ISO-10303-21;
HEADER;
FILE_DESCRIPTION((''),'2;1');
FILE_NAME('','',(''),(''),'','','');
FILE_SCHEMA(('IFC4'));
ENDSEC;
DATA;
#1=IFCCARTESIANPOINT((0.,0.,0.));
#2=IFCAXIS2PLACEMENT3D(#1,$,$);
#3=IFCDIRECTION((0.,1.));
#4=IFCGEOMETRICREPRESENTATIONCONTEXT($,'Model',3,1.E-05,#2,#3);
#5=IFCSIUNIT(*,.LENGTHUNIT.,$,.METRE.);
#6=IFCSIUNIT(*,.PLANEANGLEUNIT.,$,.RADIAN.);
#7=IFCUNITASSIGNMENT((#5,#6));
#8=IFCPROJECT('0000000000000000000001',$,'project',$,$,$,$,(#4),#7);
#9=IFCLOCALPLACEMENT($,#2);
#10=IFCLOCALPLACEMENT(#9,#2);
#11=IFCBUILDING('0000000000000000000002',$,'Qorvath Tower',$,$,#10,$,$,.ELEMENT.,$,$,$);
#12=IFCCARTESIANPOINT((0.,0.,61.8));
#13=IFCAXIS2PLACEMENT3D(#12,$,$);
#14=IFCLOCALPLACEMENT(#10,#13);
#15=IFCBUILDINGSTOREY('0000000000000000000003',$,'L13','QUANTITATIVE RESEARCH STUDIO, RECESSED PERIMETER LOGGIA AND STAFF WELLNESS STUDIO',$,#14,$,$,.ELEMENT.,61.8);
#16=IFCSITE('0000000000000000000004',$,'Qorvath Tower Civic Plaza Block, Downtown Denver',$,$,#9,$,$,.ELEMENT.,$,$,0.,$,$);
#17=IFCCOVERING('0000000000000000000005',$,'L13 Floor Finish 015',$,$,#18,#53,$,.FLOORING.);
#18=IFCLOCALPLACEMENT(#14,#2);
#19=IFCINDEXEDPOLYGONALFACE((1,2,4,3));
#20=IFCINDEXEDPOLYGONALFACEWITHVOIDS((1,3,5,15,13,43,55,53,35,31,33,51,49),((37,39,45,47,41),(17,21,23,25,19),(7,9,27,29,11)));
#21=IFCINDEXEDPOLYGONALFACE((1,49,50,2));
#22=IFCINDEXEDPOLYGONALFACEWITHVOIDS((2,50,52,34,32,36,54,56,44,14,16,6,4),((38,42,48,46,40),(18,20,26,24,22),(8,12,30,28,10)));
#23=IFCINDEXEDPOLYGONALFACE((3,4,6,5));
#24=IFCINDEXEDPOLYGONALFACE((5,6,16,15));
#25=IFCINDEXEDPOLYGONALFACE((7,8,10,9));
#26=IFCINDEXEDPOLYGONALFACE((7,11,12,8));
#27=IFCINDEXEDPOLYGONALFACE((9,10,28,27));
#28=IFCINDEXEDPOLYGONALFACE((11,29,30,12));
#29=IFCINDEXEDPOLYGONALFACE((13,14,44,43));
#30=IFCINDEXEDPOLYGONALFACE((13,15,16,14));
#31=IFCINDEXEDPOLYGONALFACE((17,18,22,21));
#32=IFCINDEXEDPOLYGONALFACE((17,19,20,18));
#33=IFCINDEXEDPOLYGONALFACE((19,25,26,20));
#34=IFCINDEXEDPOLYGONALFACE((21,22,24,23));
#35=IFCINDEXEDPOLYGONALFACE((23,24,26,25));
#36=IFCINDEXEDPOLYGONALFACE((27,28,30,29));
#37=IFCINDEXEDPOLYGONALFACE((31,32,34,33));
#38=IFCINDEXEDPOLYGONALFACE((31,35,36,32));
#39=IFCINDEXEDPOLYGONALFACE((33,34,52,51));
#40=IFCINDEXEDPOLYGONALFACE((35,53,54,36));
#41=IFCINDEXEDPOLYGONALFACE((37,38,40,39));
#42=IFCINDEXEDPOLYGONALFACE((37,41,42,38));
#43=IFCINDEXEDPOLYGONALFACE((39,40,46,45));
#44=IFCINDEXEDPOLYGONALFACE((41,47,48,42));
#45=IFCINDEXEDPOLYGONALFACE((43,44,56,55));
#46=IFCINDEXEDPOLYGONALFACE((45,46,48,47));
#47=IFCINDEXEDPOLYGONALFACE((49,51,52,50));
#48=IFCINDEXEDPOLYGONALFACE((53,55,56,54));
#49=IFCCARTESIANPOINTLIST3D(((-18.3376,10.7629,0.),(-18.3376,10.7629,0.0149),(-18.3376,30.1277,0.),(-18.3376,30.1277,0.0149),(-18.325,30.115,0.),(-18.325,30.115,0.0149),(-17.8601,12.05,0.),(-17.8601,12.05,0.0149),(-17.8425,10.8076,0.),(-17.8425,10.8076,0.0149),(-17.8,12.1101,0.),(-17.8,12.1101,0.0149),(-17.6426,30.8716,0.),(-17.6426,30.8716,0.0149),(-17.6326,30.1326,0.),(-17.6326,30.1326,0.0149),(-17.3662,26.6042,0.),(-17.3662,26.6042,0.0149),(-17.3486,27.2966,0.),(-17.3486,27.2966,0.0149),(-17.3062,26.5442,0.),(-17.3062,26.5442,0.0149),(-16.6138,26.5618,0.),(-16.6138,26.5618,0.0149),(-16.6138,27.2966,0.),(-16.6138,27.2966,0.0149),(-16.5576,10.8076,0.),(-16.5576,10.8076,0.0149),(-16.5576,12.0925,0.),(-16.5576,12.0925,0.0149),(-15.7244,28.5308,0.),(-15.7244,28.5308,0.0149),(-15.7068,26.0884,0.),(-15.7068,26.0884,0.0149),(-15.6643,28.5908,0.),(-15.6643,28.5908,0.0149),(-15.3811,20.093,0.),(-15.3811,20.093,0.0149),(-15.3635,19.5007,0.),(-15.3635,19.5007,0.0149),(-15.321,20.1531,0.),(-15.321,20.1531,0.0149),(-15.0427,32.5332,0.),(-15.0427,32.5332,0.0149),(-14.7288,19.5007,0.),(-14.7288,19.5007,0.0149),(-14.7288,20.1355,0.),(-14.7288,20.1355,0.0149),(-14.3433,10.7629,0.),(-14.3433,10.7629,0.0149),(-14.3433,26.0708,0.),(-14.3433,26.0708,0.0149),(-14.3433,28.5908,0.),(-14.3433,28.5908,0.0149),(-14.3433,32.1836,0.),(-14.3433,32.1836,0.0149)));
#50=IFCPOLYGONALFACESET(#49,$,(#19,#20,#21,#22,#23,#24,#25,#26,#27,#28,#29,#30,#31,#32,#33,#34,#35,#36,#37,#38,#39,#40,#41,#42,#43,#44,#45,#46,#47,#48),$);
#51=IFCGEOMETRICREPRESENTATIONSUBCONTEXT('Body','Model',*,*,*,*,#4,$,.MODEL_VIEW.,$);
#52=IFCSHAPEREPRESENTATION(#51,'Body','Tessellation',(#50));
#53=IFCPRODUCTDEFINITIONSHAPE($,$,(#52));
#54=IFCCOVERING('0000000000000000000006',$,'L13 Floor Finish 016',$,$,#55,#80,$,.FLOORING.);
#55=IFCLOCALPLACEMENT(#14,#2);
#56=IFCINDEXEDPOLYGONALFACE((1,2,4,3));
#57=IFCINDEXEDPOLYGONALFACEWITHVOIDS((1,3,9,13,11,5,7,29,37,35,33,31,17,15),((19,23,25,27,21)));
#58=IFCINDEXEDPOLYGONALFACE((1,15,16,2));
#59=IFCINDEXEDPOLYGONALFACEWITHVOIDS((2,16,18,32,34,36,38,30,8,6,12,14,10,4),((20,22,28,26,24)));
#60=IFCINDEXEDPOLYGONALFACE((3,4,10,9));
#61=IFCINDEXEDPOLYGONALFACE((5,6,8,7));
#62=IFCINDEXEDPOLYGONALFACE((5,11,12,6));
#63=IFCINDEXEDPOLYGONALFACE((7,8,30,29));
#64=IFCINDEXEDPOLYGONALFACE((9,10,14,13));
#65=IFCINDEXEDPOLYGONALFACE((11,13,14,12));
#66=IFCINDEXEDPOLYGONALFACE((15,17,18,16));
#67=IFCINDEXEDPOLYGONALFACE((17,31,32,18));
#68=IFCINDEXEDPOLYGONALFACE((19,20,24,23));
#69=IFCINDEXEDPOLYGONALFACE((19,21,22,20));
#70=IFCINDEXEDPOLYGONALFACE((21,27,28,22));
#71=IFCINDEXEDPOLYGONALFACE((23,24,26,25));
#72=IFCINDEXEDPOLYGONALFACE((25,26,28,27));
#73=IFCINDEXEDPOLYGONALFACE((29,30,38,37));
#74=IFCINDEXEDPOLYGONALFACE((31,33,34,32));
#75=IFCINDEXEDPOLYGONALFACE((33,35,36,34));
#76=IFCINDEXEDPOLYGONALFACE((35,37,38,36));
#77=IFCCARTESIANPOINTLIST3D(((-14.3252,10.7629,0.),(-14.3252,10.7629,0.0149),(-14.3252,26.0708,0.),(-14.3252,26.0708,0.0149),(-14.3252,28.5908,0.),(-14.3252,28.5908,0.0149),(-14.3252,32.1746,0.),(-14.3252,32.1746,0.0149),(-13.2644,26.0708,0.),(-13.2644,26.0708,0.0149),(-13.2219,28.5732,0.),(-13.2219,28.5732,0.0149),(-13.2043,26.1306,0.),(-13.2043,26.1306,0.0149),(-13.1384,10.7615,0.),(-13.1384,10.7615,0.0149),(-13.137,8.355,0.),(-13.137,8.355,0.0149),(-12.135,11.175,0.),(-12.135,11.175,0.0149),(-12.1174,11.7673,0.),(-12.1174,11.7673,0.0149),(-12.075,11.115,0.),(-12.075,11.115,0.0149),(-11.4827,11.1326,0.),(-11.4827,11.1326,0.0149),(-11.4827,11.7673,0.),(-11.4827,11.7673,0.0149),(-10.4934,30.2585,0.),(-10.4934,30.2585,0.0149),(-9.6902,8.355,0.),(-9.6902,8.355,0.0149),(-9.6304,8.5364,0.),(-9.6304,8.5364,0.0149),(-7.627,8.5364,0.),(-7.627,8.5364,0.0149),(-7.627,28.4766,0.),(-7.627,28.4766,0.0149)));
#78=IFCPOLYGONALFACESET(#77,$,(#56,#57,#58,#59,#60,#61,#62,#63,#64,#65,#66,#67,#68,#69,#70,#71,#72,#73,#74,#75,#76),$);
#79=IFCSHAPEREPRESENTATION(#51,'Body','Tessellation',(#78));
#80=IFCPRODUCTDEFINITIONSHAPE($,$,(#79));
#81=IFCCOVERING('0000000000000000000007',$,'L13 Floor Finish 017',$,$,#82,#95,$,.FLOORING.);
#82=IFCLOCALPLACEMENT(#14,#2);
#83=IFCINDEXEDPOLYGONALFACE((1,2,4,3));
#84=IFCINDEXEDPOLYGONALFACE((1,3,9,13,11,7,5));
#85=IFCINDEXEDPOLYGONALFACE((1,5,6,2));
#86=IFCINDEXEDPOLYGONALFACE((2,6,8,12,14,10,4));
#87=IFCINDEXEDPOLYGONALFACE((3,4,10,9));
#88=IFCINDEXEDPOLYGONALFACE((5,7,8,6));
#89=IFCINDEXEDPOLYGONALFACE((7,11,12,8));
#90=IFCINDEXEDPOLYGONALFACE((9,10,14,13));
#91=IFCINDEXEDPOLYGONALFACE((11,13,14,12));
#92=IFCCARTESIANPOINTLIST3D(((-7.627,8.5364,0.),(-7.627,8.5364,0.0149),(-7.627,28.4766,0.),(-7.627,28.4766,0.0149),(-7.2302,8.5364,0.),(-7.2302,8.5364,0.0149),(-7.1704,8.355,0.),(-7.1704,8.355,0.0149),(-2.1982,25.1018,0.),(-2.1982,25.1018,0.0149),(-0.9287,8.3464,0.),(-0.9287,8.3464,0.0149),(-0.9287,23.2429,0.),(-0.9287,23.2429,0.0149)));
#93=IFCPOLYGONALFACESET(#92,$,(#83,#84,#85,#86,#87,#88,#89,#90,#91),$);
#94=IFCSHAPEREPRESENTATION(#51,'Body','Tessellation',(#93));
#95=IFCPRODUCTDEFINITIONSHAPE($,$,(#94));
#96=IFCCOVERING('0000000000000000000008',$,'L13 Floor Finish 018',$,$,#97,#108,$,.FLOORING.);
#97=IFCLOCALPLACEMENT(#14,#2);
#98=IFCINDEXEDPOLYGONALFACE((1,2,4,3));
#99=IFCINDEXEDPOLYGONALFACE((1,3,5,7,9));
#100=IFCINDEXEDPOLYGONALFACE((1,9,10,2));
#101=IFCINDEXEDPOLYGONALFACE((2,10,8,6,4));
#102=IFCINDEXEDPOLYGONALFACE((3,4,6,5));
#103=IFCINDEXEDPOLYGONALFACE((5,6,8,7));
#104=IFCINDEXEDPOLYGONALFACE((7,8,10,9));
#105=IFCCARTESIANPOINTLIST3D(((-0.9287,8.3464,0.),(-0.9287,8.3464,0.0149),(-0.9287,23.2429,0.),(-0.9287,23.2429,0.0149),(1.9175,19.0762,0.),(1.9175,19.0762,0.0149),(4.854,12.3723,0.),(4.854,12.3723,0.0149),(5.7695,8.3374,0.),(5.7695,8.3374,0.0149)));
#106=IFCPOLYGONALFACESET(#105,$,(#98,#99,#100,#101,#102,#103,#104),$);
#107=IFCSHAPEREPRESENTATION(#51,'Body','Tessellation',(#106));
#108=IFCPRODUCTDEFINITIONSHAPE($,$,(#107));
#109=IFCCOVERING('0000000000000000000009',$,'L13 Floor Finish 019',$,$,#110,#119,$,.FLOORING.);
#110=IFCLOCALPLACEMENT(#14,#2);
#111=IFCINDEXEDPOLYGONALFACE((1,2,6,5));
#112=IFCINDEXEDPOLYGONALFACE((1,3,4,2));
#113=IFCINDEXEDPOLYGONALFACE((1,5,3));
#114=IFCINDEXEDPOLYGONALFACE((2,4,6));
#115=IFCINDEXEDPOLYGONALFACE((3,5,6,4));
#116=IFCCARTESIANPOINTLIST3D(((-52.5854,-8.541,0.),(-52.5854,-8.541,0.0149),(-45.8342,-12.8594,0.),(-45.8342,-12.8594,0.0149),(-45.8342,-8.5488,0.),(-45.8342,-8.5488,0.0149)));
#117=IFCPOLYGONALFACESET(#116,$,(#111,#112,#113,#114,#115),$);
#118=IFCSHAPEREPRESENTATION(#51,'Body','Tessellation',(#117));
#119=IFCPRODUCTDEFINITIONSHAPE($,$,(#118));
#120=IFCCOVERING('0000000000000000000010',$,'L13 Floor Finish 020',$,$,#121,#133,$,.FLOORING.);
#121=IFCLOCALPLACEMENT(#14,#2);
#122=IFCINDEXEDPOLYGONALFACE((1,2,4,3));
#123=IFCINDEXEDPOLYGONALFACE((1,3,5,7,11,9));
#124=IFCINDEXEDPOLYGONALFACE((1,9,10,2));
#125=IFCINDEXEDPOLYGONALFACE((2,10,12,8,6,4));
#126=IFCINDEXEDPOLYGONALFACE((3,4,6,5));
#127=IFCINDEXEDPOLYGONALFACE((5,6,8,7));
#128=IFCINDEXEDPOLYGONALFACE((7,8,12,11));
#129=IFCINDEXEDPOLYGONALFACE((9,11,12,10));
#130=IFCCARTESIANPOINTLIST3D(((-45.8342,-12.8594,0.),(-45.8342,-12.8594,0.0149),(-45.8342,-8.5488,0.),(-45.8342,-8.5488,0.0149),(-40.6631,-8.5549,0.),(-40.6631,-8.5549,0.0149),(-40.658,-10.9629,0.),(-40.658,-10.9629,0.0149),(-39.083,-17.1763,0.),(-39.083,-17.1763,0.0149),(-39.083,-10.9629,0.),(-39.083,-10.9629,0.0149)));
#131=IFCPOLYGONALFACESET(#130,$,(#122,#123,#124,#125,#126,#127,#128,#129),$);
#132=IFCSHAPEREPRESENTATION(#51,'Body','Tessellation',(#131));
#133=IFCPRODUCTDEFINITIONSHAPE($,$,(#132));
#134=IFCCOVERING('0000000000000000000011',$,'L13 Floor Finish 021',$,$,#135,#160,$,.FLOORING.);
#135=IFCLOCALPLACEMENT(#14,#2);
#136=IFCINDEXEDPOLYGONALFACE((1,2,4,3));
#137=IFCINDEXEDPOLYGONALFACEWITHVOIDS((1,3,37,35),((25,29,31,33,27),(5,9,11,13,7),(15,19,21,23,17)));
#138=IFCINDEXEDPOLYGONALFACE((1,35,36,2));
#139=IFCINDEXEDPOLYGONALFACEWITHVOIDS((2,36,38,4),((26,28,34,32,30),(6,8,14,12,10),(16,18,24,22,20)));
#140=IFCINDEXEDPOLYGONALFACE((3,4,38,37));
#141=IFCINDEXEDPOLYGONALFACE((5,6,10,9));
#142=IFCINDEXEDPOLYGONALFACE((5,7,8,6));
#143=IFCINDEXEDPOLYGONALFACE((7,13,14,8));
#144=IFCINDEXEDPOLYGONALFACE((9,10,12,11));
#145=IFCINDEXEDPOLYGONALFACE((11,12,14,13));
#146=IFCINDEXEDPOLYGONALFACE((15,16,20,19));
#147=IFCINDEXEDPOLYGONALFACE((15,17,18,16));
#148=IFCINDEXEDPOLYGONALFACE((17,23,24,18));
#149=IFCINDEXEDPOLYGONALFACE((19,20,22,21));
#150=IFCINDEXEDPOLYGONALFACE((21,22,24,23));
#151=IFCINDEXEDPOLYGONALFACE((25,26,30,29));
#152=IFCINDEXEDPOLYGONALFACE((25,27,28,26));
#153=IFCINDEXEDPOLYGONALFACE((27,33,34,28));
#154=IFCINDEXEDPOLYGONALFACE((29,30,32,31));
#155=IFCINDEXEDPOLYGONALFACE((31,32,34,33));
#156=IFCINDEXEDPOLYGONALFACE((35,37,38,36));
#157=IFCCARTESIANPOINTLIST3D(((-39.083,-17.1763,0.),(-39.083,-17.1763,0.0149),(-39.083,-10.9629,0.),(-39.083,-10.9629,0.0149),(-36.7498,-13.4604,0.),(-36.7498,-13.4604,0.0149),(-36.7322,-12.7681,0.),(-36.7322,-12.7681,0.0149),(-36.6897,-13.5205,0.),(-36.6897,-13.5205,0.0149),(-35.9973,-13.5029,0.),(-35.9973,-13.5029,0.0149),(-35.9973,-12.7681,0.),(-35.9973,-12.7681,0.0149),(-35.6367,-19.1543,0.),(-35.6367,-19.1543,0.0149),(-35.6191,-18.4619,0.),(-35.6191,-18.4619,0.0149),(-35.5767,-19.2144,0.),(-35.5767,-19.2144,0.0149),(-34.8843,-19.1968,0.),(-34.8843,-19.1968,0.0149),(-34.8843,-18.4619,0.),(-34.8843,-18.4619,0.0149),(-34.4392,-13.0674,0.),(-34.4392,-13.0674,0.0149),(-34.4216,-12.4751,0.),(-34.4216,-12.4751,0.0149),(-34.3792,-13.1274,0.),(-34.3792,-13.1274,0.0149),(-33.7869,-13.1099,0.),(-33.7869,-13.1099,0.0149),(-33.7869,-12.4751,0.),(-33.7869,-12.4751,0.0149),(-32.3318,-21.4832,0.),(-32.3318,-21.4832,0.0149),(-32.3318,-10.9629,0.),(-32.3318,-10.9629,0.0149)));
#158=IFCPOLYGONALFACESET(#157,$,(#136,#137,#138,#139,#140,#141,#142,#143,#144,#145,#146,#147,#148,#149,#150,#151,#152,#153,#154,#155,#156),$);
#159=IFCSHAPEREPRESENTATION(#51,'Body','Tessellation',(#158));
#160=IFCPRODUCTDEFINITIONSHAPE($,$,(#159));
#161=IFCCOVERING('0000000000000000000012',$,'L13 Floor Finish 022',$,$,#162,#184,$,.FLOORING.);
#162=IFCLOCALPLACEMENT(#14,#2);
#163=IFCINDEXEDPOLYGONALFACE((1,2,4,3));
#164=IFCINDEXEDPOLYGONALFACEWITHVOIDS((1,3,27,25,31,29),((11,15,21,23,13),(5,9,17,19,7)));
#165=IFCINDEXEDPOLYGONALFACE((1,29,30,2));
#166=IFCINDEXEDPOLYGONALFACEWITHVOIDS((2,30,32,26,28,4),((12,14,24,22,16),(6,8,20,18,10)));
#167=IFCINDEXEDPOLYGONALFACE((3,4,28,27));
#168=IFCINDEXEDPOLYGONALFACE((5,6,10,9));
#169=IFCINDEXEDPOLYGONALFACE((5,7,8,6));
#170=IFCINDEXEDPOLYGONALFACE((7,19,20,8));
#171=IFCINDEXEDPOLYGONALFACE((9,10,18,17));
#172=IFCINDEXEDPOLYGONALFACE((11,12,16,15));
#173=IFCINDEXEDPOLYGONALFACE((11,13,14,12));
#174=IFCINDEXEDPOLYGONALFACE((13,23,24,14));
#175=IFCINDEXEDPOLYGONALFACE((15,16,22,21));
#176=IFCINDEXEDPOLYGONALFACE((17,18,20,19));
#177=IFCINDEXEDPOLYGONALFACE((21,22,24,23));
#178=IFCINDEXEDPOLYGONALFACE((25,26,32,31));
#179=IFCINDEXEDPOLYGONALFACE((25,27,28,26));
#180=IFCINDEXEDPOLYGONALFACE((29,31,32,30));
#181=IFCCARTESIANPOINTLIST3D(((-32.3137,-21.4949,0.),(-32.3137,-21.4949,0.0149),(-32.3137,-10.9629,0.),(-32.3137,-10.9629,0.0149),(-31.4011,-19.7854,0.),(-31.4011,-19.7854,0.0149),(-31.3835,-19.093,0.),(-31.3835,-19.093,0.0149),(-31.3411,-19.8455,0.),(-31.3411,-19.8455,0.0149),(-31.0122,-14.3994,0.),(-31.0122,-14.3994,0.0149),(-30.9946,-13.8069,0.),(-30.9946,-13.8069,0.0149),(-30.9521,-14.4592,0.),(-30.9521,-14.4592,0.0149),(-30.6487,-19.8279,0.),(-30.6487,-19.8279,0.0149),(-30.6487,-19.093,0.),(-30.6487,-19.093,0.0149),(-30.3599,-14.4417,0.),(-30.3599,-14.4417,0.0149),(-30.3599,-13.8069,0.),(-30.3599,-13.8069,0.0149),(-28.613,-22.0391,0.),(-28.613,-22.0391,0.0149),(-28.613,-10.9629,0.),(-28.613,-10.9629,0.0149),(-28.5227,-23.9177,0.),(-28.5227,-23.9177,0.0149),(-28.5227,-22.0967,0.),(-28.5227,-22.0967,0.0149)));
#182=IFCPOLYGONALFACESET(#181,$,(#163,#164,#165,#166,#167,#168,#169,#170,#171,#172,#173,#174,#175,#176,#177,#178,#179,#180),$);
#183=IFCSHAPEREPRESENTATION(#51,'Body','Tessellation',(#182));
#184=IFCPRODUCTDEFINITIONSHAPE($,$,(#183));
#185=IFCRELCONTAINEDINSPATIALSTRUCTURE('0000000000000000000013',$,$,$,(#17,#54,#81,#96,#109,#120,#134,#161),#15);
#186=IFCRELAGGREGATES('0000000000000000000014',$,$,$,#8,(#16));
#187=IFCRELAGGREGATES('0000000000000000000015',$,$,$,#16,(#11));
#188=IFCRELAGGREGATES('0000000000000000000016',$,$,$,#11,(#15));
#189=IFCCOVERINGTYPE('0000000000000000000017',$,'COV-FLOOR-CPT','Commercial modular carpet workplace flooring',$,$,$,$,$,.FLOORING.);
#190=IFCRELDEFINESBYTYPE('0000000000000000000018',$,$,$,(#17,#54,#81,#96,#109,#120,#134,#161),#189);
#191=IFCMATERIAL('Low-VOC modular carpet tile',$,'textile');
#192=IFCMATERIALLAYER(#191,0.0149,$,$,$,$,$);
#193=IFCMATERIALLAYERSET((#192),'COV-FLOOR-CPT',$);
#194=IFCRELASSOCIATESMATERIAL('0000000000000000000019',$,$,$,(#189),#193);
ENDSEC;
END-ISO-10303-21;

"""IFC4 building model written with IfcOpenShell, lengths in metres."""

from ifc_helpers import new_model, si_unit, direction, frame, origin, place, context, subcontext, project, spatial, polyline, outline, extrude, material, layer, layer_set, type_object, element, save


model = new_model("IFC4")

# Units and contexts
model_context = context("Model", 3, precision=1e-05, world=origin(), true_north=direction((0.0, 1.0)))
body_context = subcontext(model_context, "Body", "Model", "MODEL_VIEW")
ifc_project = project(units=[si_unit("LENGTHUNIT", "METRE"), si_unit("PLANEANGLEUNIT", "RADIAN")], contexts=[model_context])

# Site, building, storey
site_placement = place(None, origin())
site = spatial("IfcSite", under=ifc_project, at=site_placement, Name="Qorvath Tower Civic Plaza Block, Downtown Denver", CompositionType="ELEMENT", RefElevation=0.0)
building_placement = place(site_placement, origin())
building = spatial("IfcBuilding", under=site, at=building_placement, Name="Qorvath Tower", CompositionType="ELEMENT")
storey_placement = place(building_placement, frame((0.0, 0.0, 61.8)))
storey = spatial("IfcBuildingStorey", under=building, at=storey_placement, Name="L13", Description="QUANTITATIVE RESEARCH STUDIO, RECESSED PERIMETER LOGGIA AND STAFF WELLNESS STUDIO", CompositionType="ELEMENT", Elevation=61.8)

# Coverings
ifc_material_1 = material(Name="Low-VOC modular carpet tile", Category="textile")
ifc_layer_1 = layer(ifc_material_1, 0.0149)
ifc_layer_set_1 = layer_set([ifc_layer_1], Name="COV-FLOOR-CPT")
covering_type_1 = type_object("IfcCoveringType", Name="COV-FLOOR-CPT", Description="Commercial modular carpet workplace flooring", PredefinedType="FLOORING", material=ifc_layer_set_1)
covering_1_placement = place(storey_placement, origin())
element("IfcCovering", 1, at=covering_1_placement, inside=storey, type_object=covering_type_1, Name="L13 Floor Finish 015", PredefinedType="FLOORING", context=body_context, shape_type="SweptSolid", body=[
    extrude(outline(polyline([(-14.3433, 32.1836), (-15.0427, 32.5332), (-17.6426, 30.8716), (-17.6326, 30.1326), (-18.325, 30.115), (-18.3376, 30.1277), (-18.3376, 10.7629), (-14.3433, 10.7629), (-14.3433, 26.0708), (-15.7068, 26.0884), (-15.7244, 28.5308), (-15.6643, 28.5908), (-14.3433, 28.5908), (-14.3433, 32.1836)]), holes=[polyline([(-15.3811, 20.093), (-15.321, 20.1531), (-14.7288, 20.1355), (-14.7288, 19.5007), (-15.3635, 19.5007), (-15.3811, 20.093)]), polyline([(-17.8601, 12.05), (-17.8, 12.1101), (-16.5576, 12.0925), (-16.5576, 10.8076), (-17.8425, 10.8076), (-17.8601, 12.05)]), polyline([(-17.3662, 26.6042), (-17.3486, 27.2966), (-16.6138, 27.2966), (-16.6138, 26.5618), (-17.3062, 26.5442), (-17.3662, 26.6042)])]), origin(), (0.0, 0.0, 1.0), 0.0149),
])
covering_2_placement = place(storey_placement, origin())
element("IfcCovering", 2, at=covering_2_placement, inside=storey, type_object=covering_type_1, Name="L13 Floor Finish 016", PredefinedType="FLOORING", context=body_context, shape_type="SweptSolid", body=[
    extrude(outline(polyline([(-7.627, 8.5364), (-7.627, 28.4766), (-10.4934, 30.2585), (-14.3252, 32.1746), (-14.3252, 28.5908), (-13.2219, 28.5732), (-13.2043, 26.1306), (-13.2644, 26.0708), (-14.3252, 26.0708), (-14.3252, 10.7629), (-13.1384, 10.7615), (-13.137, 8.355), (-9.6902, 8.355), (-9.6304, 8.5364), (-7.627, 8.5364)]), holes=[polyline([(-12.135, 11.175), (-12.1174, 11.7673), (-11.4827, 11.7673), (-11.4827, 11.1326), (-12.075, 11.115), (-12.135, 11.175)])]), origin(), (0.0, 0.0, 1.0), 0.0149),
])
covering_3_placement = place(storey_placement, origin())
element("IfcCovering", 3, at=covering_3_placement, inside=storey, type_object=covering_type_1, Name="L13 Floor Finish 017", PredefinedType="FLOORING", context=body_context, shape_type="SweptSolid", body=[
    extrude(outline(polyline([(-0.9287, 8.3464), (-0.9287, 23.2429), (-2.1982, 25.1018), (-7.627, 28.4766), (-7.627, 8.5364), (-7.2302, 8.5364), (-7.1704, 8.355), (-0.9287, 8.3464)])), origin(), (0.0, 0.0, 1.0), 0.0149),
])
covering_4_placement = place(storey_placement, origin())
element("IfcCovering", 4, at=covering_4_placement, inside=storey, type_object=covering_type_1, Name="L13 Floor Finish 018", PredefinedType="FLOORING", context=body_context, shape_type="SweptSolid", body=[
    extrude(outline(polyline([(5.7695, 8.3374), (4.854, 12.3723), (1.9175, 19.0762), (-0.9287, 23.2429), (-0.9287, 8.3464), (5.7695, 8.3374)])), origin(), (0.0, 0.0, 1.0), 0.0149),
])
covering_5_placement = place(storey_placement, origin())
element("IfcCovering", 5, at=covering_5_placement, inside=storey, type_object=covering_type_1, Name="L13 Floor Finish 019", PredefinedType="FLOORING", context=body_context, shape_type="SweptSolid", body=[
    extrude(outline(polyline([(-45.8342, -12.8594), (-45.8342, -8.5488), (-52.5854, -8.541), (-45.8342, -12.8594)])), origin(), (0.0, 0.0, 1.0), 0.0149),
])
covering_6_placement = place(storey_placement, origin())
element("IfcCovering", 6, at=covering_6_placement, inside=storey, type_object=covering_type_1, Name="L13 Floor Finish 020", PredefinedType="FLOORING", context=body_context, shape_type="SweptSolid", body=[
    extrude(outline(polyline([(-39.083, -10.9629), (-40.658, -10.9629), (-40.6631, -8.5549), (-45.8342, -8.5488), (-45.8342, -12.8594), (-39.083, -17.1763), (-39.083, -10.9629)])), origin(), (0.0, 0.0, 1.0), 0.0149),
])
covering_7_placement = place(storey_placement, origin())
element("IfcCovering", 7, at=covering_7_placement, inside=storey, type_object=covering_type_1, Name="L13 Floor Finish 021", PredefinedType="FLOORING", context=body_context, shape_type="SweptSolid", body=[
    extrude(outline(polyline([(-32.3318, -21.4832), (-32.3318, -10.9629), (-39.083, -10.9629), (-39.083, -17.1763), (-32.3318, -21.4832)]), holes=[polyline([(-34.4392, -13.0674), (-34.4216, -12.4751), (-33.7869, -12.4751), (-33.7869, -13.1099), (-34.3792, -13.1274), (-34.4392, -13.0674)]), polyline([(-35.6367, -19.1543), (-35.6191, -18.4619), (-34.8843, -18.4619), (-34.8843, -19.1968), (-35.5767, -19.2144), (-35.6367, -19.1543)]), polyline([(-36.7498, -13.4604), (-36.7322, -12.7681), (-35.9973, -12.7681), (-35.9973, -13.5029), (-36.6897, -13.5205), (-36.7498, -13.4604)])]), origin(), (0.0, 0.0, 1.0), 0.0149),
])
covering_8_placement = place(storey_placement, origin())
element("IfcCovering", 8, at=covering_8_placement, inside=storey, type_object=covering_type_1, Name="L13 Floor Finish 022", PredefinedType="FLOORING", context=body_context, shape_type="SweptSolid", body=[
    extrude(outline(polyline([(-28.5227, -23.9177), (-28.5227, -22.0967), (-28.613, -22.0391), (-28.613, -10.9629), (-32.3137, -10.9629), (-32.3137, -21.4949), (-28.5227, -23.9177)]), holes=[polyline([(-31.0122, -14.3994), (-30.9946, -13.8069), (-30.3599, -13.8069), (-30.3599, -14.4417), (-30.9521, -14.4592), (-31.0122, -14.3994)]), polyline([(-31.4011, -19.7854), (-31.3835, -19.093), (-30.6487, -19.093), (-30.6487, -19.8279), (-31.3411, -19.8455), (-31.4011, -19.7854)])]), origin(), (0.0, 0.0, 1.0), 0.0149),
])

save(model, "model.ifc")
